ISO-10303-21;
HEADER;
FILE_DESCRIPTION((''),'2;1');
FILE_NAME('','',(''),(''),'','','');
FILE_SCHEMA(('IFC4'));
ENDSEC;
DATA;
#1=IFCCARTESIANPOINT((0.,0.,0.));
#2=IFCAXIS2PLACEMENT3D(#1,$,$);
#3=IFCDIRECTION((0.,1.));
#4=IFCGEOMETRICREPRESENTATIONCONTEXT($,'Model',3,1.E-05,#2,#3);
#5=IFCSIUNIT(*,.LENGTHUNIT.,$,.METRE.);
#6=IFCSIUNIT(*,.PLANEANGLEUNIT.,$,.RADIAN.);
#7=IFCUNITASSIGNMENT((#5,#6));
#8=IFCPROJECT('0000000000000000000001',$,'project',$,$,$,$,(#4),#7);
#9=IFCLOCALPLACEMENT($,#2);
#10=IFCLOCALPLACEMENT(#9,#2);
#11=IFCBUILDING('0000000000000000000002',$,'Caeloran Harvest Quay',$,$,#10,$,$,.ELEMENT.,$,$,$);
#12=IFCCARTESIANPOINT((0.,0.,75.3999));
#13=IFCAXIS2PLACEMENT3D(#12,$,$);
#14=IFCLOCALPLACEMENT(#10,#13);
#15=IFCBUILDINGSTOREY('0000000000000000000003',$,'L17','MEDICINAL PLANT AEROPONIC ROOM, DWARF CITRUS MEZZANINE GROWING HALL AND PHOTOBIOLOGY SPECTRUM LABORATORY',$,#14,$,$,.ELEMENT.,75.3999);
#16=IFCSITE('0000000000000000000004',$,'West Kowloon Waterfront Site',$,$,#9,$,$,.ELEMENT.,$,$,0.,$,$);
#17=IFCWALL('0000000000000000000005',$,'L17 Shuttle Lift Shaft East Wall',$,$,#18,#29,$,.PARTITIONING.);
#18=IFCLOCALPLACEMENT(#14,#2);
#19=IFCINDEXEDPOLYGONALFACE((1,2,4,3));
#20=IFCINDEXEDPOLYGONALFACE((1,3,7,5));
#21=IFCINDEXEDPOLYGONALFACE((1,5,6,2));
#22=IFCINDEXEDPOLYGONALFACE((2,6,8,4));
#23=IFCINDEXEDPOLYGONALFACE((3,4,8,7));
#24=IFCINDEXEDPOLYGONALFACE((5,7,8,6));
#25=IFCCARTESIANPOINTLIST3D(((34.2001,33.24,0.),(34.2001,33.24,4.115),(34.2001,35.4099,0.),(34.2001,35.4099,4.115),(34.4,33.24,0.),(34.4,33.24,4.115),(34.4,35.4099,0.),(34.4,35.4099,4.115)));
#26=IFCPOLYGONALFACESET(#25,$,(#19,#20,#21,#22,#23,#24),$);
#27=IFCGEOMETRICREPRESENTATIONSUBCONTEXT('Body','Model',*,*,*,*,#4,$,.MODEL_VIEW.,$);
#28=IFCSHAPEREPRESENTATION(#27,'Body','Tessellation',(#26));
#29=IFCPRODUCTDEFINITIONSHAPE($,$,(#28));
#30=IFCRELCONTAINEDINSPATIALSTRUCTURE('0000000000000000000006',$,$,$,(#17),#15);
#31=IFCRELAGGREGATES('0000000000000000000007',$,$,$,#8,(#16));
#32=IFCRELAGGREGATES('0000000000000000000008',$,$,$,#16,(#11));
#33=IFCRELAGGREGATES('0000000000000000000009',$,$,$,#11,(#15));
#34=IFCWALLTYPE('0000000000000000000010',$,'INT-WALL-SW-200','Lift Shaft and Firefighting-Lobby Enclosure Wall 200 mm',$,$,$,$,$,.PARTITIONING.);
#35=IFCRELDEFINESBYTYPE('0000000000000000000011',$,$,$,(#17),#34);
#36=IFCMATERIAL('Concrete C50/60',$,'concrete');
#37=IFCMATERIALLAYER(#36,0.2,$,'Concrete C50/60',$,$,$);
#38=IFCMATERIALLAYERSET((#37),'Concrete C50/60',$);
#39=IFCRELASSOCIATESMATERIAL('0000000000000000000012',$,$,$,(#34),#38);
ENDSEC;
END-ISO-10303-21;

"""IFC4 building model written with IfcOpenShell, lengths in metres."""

from ifc_helpers import new_model, si_unit, direction, frame, frame_2d, origin, place, context, subcontext, project, spatial, rectangle, extrude, material, layer, layer_set, type_object, element, save


model = new_model("IFC4")

# Units and contexts
model_context = context("Model", 3, precision=1e-05, world=origin(), true_north=direction((0.0, 1.0)))
body_context = subcontext(model_context, "Body", "Model", "MODEL_VIEW")
ifc_project = project(units=[si_unit("LENGTHUNIT", "METRE"), si_unit("PLANEANGLEUNIT", "RADIAN")], contexts=[model_context])

# Site, building, storey
site_placement = place(None, origin())
site = spatial("IfcSite", under=ifc_project, at=site_placement, Name="West Kowloon Waterfront Site", CompositionType="ELEMENT", RefElevation=0.0)
building_placement = place(site_placement, origin())
building = spatial("IfcBuilding", under=site, at=building_placement, Name="Caeloran Harvest Quay", CompositionType="ELEMENT")
storey_placement = place(building_placement, frame((0.0, 0.0, 75.3999)))
storey = spatial("IfcBuildingStorey", under=building, at=storey_placement, Name="L17", Description="MEDICINAL PLANT AEROPONIC ROOM, DWARF CITRUS MEZZANINE GROWING HALL AND PHOTOBIOLOGY SPECTRUM LABORATORY", CompositionType="ELEMENT", Elevation=75.3999)

# Wall
ifc_material_1 = material(Name="Concrete C50/60", Category="concrete")
ifc_layer_1 = layer(ifc_material_1, 0.2, Name="Concrete C50/60")
ifc_layer_set_1 = layer_set([ifc_layer_1], Name="Concrete C50/60")
wall_type_1 = type_object("IfcWallType", Name="INT-WALL-SW-200", Description="Lift Shaft and Firefighting-Lobby Enclosure Wall 200 mm", PredefinedType="PARTITIONING", material=ifc_layer_set_1)
wall_1_placement = place(storey_placement, frame((34.3, 33.24, 0.0), z_axis=(0.0, 0.0, 1.0), x_axis=(0.0, 1.0, 0.0)))
element("IfcWall", 1, at=wall_1_placement, inside=storey, type_object=wall_type_1, Name="L17 Shuttle Lift Shaft East Wall", PredefinedType="PARTITIONING", context=body_context, shape_type="SweptSolid", body=[
    extrude(rectangle(XDim=2.1699, YDim=0.2, at=frame_2d((1.085, 0.0))), origin(), (0.0, 0.0, 1.0), 4.115),
])

save(model, "model.ifc")
